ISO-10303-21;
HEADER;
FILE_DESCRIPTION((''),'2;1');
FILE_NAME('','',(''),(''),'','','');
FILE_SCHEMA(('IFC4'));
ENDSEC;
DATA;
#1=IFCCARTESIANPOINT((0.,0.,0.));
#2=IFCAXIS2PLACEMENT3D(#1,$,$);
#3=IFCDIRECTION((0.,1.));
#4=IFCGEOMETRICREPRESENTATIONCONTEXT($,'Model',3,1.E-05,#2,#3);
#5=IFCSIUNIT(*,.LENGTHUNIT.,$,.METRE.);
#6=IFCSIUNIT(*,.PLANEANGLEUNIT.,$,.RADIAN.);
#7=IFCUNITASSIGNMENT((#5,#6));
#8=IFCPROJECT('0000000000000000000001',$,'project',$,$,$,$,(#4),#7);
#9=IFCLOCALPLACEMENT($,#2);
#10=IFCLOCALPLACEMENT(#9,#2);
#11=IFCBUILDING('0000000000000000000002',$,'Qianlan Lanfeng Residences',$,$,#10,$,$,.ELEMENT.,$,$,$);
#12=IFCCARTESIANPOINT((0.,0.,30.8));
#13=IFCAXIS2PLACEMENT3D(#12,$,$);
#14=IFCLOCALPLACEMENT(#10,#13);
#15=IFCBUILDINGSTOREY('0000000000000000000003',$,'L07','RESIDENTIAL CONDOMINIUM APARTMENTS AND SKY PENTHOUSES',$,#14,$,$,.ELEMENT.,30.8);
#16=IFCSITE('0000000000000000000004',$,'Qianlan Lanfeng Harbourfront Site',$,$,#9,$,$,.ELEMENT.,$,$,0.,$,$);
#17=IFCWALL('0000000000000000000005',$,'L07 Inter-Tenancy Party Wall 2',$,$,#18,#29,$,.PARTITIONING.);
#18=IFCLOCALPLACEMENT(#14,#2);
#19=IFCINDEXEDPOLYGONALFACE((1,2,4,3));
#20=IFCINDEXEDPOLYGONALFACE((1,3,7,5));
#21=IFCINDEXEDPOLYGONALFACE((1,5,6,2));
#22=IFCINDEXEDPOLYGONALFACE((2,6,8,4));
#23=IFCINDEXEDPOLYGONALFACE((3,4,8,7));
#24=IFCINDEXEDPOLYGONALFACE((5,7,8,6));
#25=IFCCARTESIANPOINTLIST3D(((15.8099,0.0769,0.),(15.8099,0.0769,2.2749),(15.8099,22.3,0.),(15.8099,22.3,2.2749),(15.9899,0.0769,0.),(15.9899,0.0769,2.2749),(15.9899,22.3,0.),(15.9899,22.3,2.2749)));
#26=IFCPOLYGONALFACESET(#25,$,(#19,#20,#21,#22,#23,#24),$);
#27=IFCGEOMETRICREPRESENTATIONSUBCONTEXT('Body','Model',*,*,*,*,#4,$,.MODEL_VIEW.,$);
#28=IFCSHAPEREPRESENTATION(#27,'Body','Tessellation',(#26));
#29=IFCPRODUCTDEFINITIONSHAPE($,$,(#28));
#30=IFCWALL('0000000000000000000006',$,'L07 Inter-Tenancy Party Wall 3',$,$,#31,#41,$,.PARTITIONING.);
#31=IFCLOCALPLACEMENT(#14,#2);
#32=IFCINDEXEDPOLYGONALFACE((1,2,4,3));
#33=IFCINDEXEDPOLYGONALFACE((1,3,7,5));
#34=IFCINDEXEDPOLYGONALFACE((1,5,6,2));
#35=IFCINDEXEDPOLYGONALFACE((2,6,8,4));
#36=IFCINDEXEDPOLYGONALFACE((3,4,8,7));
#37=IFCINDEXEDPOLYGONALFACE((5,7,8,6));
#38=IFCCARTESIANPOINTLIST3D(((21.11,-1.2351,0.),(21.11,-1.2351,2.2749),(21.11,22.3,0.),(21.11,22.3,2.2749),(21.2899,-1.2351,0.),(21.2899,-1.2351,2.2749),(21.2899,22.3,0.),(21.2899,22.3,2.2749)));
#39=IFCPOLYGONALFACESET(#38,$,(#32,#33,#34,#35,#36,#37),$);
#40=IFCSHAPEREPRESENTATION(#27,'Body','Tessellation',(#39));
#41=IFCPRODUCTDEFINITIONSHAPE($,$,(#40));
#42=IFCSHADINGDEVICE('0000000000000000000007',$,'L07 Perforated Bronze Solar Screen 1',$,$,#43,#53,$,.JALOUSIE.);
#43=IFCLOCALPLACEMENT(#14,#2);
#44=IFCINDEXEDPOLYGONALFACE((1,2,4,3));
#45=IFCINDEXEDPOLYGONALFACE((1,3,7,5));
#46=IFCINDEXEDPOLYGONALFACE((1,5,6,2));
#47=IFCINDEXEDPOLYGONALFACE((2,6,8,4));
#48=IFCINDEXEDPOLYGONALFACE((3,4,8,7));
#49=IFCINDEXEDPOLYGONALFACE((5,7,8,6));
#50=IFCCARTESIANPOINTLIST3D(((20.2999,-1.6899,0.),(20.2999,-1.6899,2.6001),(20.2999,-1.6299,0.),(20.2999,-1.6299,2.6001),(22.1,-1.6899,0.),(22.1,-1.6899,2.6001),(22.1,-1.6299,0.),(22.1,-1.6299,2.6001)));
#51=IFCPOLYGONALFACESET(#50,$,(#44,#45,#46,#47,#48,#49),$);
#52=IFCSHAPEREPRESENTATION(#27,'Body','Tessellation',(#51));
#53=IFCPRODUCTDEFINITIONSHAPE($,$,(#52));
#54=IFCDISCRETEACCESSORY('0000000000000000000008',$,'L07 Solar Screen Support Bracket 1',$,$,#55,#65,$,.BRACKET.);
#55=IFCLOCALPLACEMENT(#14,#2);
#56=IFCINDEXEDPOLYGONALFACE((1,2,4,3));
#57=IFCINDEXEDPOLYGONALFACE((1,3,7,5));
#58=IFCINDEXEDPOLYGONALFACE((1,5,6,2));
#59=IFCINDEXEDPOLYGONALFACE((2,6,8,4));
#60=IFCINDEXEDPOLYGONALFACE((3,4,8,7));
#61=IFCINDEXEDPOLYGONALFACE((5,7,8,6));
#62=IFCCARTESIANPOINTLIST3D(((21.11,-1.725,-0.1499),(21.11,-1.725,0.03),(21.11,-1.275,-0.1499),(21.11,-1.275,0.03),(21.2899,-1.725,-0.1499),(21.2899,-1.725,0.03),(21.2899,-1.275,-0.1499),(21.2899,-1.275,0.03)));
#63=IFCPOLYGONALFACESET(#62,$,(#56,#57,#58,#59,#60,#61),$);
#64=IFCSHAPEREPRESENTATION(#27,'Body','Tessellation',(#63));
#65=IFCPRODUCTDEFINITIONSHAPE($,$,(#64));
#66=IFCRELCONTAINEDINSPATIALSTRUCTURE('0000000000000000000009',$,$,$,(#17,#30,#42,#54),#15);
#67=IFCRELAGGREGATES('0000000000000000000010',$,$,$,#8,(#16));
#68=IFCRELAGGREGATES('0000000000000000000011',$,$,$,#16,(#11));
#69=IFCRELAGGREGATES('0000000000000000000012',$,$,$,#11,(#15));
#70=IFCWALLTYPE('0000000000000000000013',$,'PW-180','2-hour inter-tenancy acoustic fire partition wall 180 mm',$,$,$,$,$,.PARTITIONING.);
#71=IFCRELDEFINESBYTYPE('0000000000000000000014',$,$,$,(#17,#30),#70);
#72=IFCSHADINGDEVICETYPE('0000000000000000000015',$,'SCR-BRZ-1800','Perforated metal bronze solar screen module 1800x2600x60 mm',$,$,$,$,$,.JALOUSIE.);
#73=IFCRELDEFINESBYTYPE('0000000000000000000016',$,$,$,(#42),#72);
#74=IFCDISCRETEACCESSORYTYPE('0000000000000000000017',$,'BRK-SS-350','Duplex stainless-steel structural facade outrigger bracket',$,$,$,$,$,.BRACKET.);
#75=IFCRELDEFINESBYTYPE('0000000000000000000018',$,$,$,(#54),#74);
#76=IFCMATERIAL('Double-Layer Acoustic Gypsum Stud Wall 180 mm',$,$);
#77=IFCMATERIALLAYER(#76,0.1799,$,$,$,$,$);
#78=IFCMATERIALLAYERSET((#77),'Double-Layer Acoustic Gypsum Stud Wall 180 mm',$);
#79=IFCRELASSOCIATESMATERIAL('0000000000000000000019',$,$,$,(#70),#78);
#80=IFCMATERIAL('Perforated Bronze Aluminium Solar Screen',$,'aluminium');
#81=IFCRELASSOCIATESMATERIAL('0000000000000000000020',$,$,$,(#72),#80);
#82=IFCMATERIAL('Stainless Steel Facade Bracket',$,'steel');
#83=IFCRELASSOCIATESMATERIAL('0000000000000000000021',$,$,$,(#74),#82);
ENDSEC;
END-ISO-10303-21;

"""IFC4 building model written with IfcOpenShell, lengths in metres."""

from ifc_helpers import new_model, si_unit, direction, frame, frame_2d, origin, origin_2d, place, context, subcontext, project, spatial, rectangle, extrude, source, transform, mapped, material, layer, layer_set, type_object, element, save


model = new_model("IFC4")

# Units and contexts
model_context = context("Model", 3, precision=1e-05, world=origin(), true_north=direction((0.0, 1.0)))
body_context = subcontext(model_context, "Body", "Model", "MODEL_VIEW")
ifc_project = project(units=[si_unit("LENGTHUNIT", "METRE"), si_unit("PLANEANGLEUNIT", "RADIAN")], contexts=[model_context])

# Site, building, storey
site_placement = place(None, origin())
site = spatial("IfcSite", under=ifc_project, at=site_placement, Name="Qianlan Lanfeng Harbourfront Site", CompositionType="ELEMENT", RefElevation=0.0)
building_placement = place(site_placement, origin())
building = spatial("IfcBuilding", under=site, at=building_placement, Name="Qianlan Lanfeng Residences", CompositionType="ELEMENT")
storey_placement = place(building_placement, frame((0.0, 0.0, 30.8)))
storey = spatial("IfcBuildingStorey", under=building, at=storey_placement, Name="L07", Description="RESIDENTIAL CONDOMINIUM APARTMENTS AND SKY PENTHOUSES", CompositionType="ELEMENT", Elevation=30.8)

# Walls
ifc_material_1 = material(Name="Double-Layer Acoustic Gypsum Stud Wall 180 mm")
ifc_layer_1 = layer(ifc_material_1, 0.1799)
ifc_layer_set_1 = layer_set([ifc_layer_1], Name="Double-Layer Acoustic Gypsum Stud Wall 180 mm")
wall_type_1 = type_object("IfcWallType", Name="PW-180", Description="2-hour inter-tenancy acoustic fire partition wall 180 mm", PredefinedType="PARTITIONING", material=ifc_layer_set_1)
wall_1_placement = place(storey_placement, frame((15.8999, 0.0769, 0.0), z_axis=(0.0, 0.0, 1.0), x_axis=(0.0, 1.0, 0.0)))
element("IfcWall", 1, at=wall_1_placement, inside=storey, type_object=wall_type_1, Name="L07 Inter-Tenancy Party Wall 2", PredefinedType="PARTITIONING", context=body_context, shape_type="SweptSolid", body=[
    extrude(rectangle(XDim=22.2231, YDim=0.1799, at=frame_2d((11.1116, 0.0))), origin(), (0.0, 0.0, 1.0), 2.2749),
])
wall_2_placement = place(storey_placement, frame((21.2, -1.2351, 0.0), z_axis=(0.0, 0.0, 1.0), x_axis=(0.0, 1.0, 0.0)))
element("IfcWall", 2, at=wall_2_placement, inside=storey, type_object=wall_type_1, Name="L07 Inter-Tenancy Party Wall 3", PredefinedType="PARTITIONING", context=body_context, shape_type="SweptSolid", body=[
    extrude(rectangle(XDim=23.5352, YDim=0.1799, at=frame_2d((11.7676, 0.0))), origin(), (0.0, 0.0, 1.0), 2.2749),
])

# Shading device
ifc_material_2 = material(Name="Perforated Bronze Aluminium Solar Screen", Category="aluminium")
shading_device_type = type_object("IfcShadingDeviceType", Name="SCR-BRZ-1800", Description="Perforated metal bronze solar screen module 1800x2600x60 mm", PredefinedType="JALOUSIE", material=ifc_material_2)
shared_shape_1 = source(origin(), body_context, "Body", "SweptSolid", [
    extrude(rectangle(XDim=1.8, YDim=0.0601, at=origin_2d()), origin(), (0.0, 0.0, 1.0), 2.6001),
])
shading_device_placement = place(storey_placement, frame((21.2, -1.6599, 0.0), z_axis=(0.0, 0.0, 1.0), x_axis=(1.0, 0.0, 0.0)))
element("IfcShadingDevice", 3, at=shading_device_placement, inside=storey, type_object=shading_device_type, Name="L07 Perforated Bronze Solar Screen 1", PredefinedType="JALOUSIE", context=body_context, shape_type="MappedRepresentation", body=[
    mapped(shared_shape_1, transform((0.0, 0.0, 0.0), scale=1.0)),
])

# Discrete accessory
ifc_material_3 = material(Name="Stainless Steel Facade Bracket", Category="steel")
discrete_accessory_type = type_object("IfcDiscreteAccessoryType", Name="BRK-SS-350", Description="Duplex stainless-steel structural facade outrigger bracket", PredefinedType="BRACKET", material=ifc_material_3)
shared_shape_2 = source(origin(), body_context, "Body", "SweptSolid", [
    extrude(rectangle(XDim=0.1799, YDim=0.45, at=origin_2d()), origin(), (0.0, 0.0, 1.0), 0.1799),
])
discrete_accessory_placement = place(storey_placement, frame((21.2, -1.5, -0.1499), z_axis=(0.0, 0.0, 1.0), x_axis=(1.0, 0.0, 0.0)))
element("IfcDiscreteAccessory", 4, at=discrete_accessory_placement, inside=storey, type_object=discrete_accessory_type, Name="L07 Solar Screen Support Bracket 1", PredefinedType="BRACKET", context=body_context, shape_type="MappedRepresentation", body=[
    mapped(shared_shape_2, transform((0.0, 0.0, 0.0), scale=1.0)),
])

save(model, "model.ifc")
